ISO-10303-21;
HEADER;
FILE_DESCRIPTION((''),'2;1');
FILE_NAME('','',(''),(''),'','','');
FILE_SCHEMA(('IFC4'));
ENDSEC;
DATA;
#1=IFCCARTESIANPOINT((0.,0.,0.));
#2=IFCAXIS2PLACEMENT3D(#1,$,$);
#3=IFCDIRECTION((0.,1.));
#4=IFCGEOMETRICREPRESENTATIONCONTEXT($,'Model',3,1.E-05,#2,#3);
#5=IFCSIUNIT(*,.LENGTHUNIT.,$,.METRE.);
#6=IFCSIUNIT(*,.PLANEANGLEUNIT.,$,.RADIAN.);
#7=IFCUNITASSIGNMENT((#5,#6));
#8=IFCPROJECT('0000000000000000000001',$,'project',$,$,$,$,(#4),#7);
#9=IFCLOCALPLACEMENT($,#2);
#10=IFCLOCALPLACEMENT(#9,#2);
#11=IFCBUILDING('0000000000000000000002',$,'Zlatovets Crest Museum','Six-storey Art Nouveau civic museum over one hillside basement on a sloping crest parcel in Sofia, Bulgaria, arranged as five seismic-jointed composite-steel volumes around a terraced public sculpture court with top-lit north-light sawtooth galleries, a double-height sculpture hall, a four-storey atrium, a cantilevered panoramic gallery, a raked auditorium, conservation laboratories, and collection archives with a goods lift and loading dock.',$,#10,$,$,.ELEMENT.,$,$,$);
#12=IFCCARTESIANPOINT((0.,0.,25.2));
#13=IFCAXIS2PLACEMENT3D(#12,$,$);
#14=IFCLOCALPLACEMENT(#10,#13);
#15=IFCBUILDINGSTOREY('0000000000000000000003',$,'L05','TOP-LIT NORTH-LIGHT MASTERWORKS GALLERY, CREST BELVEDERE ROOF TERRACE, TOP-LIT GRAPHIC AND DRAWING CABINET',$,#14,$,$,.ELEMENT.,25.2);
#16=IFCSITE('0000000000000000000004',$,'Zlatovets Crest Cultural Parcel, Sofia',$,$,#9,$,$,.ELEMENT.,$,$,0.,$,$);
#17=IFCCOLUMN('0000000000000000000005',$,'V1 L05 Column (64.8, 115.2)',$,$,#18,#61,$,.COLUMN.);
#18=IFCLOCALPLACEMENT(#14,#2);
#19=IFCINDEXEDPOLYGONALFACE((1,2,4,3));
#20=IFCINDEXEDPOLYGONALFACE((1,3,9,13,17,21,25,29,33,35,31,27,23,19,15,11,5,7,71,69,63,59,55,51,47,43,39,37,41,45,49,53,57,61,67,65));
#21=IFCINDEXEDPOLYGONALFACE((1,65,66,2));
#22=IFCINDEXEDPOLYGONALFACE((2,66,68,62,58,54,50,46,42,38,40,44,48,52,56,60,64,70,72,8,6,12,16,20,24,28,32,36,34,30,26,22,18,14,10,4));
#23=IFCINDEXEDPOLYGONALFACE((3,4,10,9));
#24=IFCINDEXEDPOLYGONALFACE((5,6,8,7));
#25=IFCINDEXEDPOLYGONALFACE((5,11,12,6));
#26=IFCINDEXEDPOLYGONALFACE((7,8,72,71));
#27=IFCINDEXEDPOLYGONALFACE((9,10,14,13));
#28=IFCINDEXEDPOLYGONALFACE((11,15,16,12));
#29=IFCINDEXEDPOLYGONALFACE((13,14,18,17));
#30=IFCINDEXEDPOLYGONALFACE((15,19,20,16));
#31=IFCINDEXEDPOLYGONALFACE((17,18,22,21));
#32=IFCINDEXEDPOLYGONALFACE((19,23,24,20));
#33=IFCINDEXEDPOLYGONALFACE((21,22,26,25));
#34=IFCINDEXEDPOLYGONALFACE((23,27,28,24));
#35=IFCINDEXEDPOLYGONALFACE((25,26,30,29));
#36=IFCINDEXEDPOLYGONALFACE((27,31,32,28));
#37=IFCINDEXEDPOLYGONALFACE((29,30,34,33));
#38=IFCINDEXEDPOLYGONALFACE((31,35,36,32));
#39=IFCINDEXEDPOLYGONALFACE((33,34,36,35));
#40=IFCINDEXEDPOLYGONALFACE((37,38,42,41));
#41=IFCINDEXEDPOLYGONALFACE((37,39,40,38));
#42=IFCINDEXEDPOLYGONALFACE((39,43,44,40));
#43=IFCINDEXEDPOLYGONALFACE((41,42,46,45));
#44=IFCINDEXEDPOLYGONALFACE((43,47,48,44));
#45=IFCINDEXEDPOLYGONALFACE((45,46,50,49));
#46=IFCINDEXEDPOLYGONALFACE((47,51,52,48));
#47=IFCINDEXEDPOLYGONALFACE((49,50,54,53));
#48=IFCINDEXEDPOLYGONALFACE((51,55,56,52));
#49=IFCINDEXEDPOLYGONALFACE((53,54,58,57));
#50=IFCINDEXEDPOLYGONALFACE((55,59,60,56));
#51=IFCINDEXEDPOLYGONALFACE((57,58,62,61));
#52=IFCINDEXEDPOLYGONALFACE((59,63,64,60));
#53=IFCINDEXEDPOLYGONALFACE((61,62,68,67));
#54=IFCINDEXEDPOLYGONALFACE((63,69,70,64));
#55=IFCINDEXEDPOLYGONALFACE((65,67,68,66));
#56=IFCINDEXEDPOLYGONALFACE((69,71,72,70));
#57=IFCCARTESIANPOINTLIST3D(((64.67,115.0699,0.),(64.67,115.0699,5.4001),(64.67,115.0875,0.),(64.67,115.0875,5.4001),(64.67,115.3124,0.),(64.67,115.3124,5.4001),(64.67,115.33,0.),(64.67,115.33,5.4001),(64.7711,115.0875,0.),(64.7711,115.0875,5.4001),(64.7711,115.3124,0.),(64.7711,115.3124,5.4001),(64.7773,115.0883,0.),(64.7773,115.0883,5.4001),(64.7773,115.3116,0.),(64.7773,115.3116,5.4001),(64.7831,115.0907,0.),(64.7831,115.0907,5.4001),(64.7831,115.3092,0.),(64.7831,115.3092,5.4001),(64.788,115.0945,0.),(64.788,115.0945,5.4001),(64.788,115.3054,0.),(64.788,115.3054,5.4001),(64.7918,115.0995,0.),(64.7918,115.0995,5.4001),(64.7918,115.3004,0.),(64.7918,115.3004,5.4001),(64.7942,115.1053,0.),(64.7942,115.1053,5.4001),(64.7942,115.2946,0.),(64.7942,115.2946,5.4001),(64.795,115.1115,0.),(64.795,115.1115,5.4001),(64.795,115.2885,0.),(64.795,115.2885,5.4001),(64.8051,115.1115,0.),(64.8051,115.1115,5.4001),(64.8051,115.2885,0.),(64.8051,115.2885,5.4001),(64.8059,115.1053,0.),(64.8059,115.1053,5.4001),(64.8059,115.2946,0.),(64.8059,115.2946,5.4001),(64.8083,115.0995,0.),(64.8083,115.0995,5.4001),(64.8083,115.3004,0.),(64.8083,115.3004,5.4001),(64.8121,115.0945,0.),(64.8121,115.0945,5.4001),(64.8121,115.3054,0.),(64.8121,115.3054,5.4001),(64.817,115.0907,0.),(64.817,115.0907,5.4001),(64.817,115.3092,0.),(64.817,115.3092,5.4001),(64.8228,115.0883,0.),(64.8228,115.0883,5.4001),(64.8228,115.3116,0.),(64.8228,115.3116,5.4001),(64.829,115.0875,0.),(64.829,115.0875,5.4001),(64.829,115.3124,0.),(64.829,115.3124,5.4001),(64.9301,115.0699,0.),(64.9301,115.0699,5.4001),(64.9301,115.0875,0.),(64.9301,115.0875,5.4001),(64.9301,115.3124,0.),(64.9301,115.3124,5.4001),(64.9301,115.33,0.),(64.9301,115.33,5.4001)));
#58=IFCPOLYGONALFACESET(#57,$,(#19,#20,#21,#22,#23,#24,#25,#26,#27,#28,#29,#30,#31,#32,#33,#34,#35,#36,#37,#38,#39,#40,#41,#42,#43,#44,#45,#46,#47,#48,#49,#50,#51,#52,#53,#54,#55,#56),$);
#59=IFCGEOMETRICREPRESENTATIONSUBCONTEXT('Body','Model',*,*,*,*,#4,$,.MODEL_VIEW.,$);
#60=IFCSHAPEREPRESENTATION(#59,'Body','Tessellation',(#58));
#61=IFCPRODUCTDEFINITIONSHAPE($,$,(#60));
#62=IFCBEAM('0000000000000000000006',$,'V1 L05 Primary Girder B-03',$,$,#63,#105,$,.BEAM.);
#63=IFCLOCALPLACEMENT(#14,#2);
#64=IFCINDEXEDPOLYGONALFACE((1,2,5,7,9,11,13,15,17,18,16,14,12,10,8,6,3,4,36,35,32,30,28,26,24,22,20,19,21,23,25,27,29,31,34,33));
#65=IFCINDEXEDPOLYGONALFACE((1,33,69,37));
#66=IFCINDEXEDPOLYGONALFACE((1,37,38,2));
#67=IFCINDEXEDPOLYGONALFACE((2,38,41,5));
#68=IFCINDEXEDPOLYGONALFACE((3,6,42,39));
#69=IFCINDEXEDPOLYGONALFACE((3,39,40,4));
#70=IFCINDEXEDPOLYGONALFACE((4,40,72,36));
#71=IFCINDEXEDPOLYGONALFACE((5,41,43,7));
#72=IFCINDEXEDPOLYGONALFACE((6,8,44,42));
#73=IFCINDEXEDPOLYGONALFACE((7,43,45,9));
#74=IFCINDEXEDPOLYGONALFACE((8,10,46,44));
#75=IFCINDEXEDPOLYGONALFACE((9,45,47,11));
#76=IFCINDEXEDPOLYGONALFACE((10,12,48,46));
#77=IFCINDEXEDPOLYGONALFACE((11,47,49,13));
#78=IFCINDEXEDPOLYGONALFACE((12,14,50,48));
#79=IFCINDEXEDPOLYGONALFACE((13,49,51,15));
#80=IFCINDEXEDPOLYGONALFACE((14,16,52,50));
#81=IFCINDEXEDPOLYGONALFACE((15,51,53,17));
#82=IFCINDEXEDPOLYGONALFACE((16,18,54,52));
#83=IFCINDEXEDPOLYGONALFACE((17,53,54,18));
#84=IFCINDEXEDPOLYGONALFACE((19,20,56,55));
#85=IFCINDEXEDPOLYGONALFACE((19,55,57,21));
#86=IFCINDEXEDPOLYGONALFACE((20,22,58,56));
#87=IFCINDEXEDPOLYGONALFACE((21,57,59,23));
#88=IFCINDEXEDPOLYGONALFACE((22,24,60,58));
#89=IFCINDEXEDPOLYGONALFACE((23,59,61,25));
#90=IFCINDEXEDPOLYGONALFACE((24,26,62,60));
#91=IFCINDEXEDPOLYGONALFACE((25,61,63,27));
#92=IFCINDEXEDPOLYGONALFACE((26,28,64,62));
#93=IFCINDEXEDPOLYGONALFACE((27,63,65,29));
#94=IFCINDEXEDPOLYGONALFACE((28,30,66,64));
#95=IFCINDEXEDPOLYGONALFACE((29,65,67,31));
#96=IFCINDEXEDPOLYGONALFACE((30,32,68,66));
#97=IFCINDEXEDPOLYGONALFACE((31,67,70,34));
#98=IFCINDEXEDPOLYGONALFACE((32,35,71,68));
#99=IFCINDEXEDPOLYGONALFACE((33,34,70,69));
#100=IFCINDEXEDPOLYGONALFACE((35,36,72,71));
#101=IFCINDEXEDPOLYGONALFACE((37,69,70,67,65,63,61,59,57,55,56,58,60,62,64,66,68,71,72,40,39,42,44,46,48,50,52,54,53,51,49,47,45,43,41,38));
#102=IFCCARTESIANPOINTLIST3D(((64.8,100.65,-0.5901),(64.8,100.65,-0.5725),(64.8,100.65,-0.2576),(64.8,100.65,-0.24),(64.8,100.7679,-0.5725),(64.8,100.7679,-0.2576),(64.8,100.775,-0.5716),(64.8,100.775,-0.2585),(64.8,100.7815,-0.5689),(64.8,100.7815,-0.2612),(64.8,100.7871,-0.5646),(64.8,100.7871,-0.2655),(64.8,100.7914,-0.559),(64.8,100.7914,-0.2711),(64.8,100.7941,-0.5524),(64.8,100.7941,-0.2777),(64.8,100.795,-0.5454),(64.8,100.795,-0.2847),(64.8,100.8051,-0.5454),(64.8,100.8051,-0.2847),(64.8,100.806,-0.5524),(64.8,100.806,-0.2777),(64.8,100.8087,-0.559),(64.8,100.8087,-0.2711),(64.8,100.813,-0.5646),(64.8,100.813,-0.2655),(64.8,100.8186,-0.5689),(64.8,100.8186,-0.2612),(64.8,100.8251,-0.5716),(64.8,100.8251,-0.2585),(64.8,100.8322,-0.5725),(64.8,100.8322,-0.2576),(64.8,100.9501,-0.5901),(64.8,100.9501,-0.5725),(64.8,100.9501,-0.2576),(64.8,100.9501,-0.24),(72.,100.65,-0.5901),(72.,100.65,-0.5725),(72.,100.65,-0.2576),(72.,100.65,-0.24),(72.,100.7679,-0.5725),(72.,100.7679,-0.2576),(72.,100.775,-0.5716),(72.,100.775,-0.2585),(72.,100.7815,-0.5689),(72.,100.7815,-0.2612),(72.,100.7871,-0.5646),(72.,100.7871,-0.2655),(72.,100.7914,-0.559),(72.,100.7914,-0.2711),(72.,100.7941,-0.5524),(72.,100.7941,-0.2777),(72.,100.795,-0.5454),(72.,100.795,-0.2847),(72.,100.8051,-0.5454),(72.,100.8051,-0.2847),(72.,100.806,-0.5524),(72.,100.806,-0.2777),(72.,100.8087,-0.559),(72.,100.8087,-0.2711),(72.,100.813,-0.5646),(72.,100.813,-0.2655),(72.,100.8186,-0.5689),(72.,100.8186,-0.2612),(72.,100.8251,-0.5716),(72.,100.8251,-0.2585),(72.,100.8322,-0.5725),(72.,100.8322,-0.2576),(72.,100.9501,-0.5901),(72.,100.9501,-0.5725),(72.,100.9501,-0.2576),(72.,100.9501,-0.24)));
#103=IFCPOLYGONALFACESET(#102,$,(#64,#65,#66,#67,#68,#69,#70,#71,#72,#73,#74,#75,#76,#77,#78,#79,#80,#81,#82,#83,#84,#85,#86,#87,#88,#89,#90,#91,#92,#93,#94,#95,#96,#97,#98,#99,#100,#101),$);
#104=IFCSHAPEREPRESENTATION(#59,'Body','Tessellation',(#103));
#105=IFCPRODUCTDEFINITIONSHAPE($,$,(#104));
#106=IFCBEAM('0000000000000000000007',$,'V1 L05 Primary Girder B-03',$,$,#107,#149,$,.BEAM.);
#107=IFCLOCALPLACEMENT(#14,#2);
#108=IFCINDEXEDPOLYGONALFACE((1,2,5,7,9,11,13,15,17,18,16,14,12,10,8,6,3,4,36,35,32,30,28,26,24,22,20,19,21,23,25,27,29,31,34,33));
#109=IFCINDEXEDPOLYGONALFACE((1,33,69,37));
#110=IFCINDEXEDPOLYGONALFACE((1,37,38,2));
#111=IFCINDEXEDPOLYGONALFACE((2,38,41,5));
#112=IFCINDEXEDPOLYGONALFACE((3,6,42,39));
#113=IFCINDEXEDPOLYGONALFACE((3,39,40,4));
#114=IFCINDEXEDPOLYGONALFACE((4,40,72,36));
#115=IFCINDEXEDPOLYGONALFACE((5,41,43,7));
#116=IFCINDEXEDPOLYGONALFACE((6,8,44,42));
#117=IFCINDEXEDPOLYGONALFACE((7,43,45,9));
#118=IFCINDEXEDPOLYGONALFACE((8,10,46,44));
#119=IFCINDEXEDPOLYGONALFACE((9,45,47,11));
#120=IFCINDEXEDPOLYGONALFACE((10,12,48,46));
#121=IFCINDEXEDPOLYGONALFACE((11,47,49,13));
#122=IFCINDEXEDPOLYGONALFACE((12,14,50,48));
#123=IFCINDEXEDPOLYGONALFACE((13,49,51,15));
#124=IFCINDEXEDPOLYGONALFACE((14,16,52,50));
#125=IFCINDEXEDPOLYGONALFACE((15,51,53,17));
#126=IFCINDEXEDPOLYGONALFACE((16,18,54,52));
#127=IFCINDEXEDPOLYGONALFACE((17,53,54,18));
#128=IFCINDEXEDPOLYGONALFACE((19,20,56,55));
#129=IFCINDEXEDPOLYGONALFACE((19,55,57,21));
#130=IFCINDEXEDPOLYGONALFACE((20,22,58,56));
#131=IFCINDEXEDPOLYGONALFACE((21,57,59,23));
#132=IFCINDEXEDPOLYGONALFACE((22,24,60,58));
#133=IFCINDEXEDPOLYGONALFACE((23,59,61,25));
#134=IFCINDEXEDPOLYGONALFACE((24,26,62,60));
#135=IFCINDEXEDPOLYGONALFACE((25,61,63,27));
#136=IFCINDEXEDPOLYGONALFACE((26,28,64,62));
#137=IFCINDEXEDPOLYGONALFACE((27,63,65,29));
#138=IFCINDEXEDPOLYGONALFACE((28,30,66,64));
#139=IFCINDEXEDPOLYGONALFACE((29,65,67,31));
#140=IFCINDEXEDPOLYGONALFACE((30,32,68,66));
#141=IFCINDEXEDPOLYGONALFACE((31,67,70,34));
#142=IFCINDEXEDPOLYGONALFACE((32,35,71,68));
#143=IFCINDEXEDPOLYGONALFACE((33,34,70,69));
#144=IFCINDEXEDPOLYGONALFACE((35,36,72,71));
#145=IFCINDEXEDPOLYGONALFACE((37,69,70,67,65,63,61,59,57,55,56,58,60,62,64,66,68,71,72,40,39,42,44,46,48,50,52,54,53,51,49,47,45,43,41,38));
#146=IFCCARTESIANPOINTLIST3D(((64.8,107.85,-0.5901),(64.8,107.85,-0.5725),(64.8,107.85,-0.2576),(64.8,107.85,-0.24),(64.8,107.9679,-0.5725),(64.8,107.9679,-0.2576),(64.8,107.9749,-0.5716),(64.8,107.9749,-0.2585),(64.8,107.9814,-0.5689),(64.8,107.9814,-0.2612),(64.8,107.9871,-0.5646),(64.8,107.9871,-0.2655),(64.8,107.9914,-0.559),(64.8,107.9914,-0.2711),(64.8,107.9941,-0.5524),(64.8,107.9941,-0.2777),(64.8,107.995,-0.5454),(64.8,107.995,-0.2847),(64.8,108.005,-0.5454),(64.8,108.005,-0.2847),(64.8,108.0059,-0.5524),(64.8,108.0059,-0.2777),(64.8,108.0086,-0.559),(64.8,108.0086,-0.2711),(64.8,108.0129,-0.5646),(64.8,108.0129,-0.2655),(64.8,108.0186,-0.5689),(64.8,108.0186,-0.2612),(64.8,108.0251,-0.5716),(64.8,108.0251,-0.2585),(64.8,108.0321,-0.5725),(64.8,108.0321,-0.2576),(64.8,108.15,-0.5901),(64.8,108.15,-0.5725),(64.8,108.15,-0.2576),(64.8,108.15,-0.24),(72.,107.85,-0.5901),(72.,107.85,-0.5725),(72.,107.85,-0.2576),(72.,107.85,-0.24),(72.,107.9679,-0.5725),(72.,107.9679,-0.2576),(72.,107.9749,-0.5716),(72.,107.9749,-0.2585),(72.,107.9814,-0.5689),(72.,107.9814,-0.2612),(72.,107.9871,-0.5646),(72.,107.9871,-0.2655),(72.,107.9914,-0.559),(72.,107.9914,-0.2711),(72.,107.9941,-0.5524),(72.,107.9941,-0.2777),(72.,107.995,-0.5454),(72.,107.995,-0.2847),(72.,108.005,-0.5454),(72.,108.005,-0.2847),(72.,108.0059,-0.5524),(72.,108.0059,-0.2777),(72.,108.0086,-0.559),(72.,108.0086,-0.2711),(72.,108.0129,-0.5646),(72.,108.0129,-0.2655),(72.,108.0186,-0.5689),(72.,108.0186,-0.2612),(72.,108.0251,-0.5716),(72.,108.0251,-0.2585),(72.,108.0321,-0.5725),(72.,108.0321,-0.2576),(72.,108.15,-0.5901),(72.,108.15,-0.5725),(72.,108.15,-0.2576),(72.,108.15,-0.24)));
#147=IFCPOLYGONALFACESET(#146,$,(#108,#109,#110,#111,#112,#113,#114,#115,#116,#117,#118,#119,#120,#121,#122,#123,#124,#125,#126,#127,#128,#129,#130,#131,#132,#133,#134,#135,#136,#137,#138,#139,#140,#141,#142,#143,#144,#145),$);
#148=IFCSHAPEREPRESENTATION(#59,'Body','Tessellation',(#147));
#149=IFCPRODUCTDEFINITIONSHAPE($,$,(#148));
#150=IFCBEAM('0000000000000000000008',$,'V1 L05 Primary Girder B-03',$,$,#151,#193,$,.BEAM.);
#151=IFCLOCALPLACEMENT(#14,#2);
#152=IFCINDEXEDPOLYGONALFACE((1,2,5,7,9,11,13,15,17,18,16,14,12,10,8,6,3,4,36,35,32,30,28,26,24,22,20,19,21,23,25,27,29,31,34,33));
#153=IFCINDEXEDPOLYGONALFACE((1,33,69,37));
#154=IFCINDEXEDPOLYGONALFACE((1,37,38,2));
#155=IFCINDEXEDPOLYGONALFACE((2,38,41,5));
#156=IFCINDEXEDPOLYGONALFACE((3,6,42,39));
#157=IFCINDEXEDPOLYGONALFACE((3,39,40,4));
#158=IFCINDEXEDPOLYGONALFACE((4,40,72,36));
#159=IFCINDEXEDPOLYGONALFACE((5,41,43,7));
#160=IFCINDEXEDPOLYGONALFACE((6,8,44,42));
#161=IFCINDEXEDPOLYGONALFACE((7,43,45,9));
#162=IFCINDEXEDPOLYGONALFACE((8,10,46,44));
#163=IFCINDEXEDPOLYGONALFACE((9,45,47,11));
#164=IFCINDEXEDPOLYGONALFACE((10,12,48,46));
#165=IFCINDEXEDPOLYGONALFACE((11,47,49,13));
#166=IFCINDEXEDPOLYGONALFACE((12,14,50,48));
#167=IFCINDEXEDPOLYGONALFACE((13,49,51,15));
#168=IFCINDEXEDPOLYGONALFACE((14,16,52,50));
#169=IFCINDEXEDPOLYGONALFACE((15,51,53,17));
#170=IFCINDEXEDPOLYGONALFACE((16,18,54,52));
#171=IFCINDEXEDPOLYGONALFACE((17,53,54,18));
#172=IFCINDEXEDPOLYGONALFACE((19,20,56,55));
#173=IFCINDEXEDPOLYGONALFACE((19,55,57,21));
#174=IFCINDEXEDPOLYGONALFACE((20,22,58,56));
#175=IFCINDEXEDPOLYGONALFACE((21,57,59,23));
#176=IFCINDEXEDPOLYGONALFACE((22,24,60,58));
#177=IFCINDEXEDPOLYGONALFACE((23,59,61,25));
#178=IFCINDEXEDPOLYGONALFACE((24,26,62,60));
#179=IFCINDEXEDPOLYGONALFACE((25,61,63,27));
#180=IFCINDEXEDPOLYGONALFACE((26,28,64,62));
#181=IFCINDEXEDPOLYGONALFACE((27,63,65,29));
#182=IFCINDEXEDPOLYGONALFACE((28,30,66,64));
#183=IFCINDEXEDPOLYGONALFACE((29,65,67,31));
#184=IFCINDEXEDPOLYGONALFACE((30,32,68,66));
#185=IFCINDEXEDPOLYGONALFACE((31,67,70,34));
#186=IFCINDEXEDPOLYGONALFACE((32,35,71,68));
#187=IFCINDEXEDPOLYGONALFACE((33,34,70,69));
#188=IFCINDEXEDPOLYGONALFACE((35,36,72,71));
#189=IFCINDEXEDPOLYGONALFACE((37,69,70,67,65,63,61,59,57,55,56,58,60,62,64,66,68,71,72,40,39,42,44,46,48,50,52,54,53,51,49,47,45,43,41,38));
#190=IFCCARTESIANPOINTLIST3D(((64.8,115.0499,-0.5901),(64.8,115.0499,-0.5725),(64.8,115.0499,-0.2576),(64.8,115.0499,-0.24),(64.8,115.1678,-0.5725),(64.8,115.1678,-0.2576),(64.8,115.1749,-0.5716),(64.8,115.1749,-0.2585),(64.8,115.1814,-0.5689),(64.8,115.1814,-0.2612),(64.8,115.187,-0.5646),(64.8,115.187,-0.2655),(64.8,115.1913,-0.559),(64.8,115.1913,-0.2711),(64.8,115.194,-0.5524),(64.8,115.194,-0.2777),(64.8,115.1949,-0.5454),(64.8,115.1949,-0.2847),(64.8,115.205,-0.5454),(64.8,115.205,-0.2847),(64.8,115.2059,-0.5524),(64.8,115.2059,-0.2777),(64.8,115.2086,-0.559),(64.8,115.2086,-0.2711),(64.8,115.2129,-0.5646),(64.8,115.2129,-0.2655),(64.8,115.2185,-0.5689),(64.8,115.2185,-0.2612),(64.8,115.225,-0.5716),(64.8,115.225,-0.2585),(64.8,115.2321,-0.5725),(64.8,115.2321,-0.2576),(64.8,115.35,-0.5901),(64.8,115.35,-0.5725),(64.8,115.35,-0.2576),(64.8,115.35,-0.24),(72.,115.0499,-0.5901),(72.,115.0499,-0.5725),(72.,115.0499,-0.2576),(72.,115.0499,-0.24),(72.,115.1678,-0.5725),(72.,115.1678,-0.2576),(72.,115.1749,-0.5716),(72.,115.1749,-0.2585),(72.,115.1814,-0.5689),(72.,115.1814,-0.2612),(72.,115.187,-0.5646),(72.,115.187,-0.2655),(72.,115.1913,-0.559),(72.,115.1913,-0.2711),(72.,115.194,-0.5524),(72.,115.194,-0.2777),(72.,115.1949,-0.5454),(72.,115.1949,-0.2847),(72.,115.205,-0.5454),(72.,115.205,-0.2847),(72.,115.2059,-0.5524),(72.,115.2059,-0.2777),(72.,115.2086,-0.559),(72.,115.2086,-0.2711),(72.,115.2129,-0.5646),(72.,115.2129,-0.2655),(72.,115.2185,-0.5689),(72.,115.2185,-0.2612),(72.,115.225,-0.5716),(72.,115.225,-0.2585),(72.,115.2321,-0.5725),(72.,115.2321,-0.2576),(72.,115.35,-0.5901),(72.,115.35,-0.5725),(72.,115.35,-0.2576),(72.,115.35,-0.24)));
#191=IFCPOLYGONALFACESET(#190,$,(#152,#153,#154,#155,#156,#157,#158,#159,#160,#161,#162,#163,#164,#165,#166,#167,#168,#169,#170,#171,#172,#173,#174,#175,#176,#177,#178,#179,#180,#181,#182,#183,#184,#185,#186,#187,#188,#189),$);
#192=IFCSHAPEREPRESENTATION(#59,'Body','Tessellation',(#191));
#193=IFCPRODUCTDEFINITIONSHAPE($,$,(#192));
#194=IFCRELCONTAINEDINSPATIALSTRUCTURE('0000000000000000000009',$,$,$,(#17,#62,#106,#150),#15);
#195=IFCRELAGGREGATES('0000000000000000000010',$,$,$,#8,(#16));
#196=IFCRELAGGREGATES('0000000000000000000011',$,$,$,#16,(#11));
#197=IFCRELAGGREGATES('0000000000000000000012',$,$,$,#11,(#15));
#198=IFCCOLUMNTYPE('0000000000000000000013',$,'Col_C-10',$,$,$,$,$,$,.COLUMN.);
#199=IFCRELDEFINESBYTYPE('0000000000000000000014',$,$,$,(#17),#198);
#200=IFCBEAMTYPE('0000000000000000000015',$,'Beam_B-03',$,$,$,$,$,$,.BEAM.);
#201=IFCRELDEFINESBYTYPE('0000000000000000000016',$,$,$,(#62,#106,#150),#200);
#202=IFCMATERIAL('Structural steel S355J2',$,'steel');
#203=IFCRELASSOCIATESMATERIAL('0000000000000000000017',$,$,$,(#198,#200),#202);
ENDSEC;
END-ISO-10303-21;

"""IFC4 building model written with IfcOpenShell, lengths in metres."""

from ifc_helpers import new_model, si_unit, direction, frame, origin, origin_2d, place, context, subcontext, project, spatial, i_section, extrude, material, material_profile, profile_set, type_object, element, save


model = new_model("IFC4")

# Units and contexts
model_context = context("Model", 3, precision=1e-05, world=origin(), true_north=direction((0.0, 1.0)))
body_context = subcontext(model_context, "Body", "Model", "MODEL_VIEW")
ifc_project = project(units=[si_unit("LENGTHUNIT", "METRE"), si_unit("PLANEANGLEUNIT", "RADIAN")], contexts=[model_context])

# Site, building, storey
site_placement = place(None, origin())
site = spatial("IfcSite", under=ifc_project, at=site_placement, Name="Zlatovets Crest Cultural Parcel, Sofia", CompositionType="ELEMENT", RefElevation=0.0)
building_placement = place(site_placement, origin())
building = spatial("IfcBuilding", under=site, at=building_placement, Name="Zlatovets Crest Museum", Description="Six-storey Art Nouveau civic museum over one hillside basement on a sloping crest parcel in Sofia, Bulgaria, arranged as five seismic-jointed composite-steel volumes around a terraced public sculpture court with top-lit north-light sawtooth galleries, a double-height sculpture hall, a four-storey atrium, a cantilevered panoramic gallery, a raked auditorium, conservation laboratories, and collection archives with a goods lift and loading dock.", CompositionType="ELEMENT")
storey_placement = place(building_placement, frame((0.0, 0.0, 25.2)))
storey = spatial("IfcBuildingStorey", under=building, at=storey_placement, Name="L05", Description="TOP-LIT NORTH-LIGHT MASTERWORKS GALLERY, CREST BELVEDERE ROOF TERRACE, TOP-LIT GRAPHIC AND DRAWING CABINET", CompositionType="ELEMENT", Elevation=25.2)

# Column
ifc_material_1 = material(Name="Structural steel S355J2", Category="steel")
ifc_material_profile_1 = material_profile(ifc_material_1, i_section(OverallWidth=0.26, OverallDepth=0.26, WebThickness=0.01, FlangeThickness=0.0176, FilletRadius=0.0239, at=origin_2d()), Name="HEB 260")
ifc_profile_set_1 = profile_set([ifc_material_profile_1], Name="Structural steel S355J2")
column_type = type_object("IfcColumnType", Name="Col_C-10", PredefinedType="COLUMN", material=ifc_profile_set_1)
column_placement = place(storey_placement, frame((64.8, 115.2, 0.0), z_axis=(0.0, 0.0, 1.0), x_axis=(1.0, 0.0, 0.0)))
element("IfcColumn", 1, at=column_placement, inside=storey, type_object=column_type, Name="V1 L05 Column (64.8, 115.2)", PredefinedType="COLUMN", context=body_context, shape_type="SweptSolid", body=[
    extrude(i_section(OverallWidth=0.26, OverallDepth=0.26, WebThickness=0.01, FlangeThickness=0.0176, FilletRadius=0.0239, at=origin_2d()), origin(), (0.0, 0.0, 1.0), 5.4001),
])

# Beams
ifc_material_profile_2 = material_profile(ifc_material_1, i_section(OverallWidth=0.3, OverallDepth=0.3501, WebThickness=0.01, FlangeThickness=0.0176, FilletRadius=0.0271, at=origin_2d()), Name="HEA 360")
ifc_profile_set_2 = profile_set([ifc_material_profile_2], Name="Structural steel S355J2")
beam_type_1 = type_object("IfcBeamType", Name="Beam_B-03", PredefinedType="BEAM", material=ifc_profile_set_2)
for number, where, z_axis, x_axis, name in (
    (2, (64.8, 100.8, -0.415), (1.0, 0.0, 0.0), (0.0, 1.0, 0.0), "V1 L05 Primary Girder B-03"),
    (3, (64.8, 108.0, -0.415), (1.0, 0.0, 0.0), (0.0, 1.0, 0.0), "V1 L05 Primary Girder B-03"),
    (4, (64.8, 115.2, -0.415), (1.0, 0.0, 0.0), (0.0, 1.0, 0.0), "V1 L05 Primary Girder B-03"),
):
    element("IfcBeam", number, at=place(storey_placement, frame(where, z_axis=z_axis, x_axis=x_axis)), inside=storey, type_object=beam_type_1, Name=name, PredefinedType="BEAM", context=body_context, shape_type="SweptSolid", body=[
        extrude(i_section(OverallWidth=0.3, OverallDepth=0.3501, WebThickness=0.01, FlangeThickness=0.0176, FilletRadius=0.0271, at=origin_2d()), origin(), (0.0, 0.0, 1.0), 7.2),
    ])

save(model, "model.ifc")
